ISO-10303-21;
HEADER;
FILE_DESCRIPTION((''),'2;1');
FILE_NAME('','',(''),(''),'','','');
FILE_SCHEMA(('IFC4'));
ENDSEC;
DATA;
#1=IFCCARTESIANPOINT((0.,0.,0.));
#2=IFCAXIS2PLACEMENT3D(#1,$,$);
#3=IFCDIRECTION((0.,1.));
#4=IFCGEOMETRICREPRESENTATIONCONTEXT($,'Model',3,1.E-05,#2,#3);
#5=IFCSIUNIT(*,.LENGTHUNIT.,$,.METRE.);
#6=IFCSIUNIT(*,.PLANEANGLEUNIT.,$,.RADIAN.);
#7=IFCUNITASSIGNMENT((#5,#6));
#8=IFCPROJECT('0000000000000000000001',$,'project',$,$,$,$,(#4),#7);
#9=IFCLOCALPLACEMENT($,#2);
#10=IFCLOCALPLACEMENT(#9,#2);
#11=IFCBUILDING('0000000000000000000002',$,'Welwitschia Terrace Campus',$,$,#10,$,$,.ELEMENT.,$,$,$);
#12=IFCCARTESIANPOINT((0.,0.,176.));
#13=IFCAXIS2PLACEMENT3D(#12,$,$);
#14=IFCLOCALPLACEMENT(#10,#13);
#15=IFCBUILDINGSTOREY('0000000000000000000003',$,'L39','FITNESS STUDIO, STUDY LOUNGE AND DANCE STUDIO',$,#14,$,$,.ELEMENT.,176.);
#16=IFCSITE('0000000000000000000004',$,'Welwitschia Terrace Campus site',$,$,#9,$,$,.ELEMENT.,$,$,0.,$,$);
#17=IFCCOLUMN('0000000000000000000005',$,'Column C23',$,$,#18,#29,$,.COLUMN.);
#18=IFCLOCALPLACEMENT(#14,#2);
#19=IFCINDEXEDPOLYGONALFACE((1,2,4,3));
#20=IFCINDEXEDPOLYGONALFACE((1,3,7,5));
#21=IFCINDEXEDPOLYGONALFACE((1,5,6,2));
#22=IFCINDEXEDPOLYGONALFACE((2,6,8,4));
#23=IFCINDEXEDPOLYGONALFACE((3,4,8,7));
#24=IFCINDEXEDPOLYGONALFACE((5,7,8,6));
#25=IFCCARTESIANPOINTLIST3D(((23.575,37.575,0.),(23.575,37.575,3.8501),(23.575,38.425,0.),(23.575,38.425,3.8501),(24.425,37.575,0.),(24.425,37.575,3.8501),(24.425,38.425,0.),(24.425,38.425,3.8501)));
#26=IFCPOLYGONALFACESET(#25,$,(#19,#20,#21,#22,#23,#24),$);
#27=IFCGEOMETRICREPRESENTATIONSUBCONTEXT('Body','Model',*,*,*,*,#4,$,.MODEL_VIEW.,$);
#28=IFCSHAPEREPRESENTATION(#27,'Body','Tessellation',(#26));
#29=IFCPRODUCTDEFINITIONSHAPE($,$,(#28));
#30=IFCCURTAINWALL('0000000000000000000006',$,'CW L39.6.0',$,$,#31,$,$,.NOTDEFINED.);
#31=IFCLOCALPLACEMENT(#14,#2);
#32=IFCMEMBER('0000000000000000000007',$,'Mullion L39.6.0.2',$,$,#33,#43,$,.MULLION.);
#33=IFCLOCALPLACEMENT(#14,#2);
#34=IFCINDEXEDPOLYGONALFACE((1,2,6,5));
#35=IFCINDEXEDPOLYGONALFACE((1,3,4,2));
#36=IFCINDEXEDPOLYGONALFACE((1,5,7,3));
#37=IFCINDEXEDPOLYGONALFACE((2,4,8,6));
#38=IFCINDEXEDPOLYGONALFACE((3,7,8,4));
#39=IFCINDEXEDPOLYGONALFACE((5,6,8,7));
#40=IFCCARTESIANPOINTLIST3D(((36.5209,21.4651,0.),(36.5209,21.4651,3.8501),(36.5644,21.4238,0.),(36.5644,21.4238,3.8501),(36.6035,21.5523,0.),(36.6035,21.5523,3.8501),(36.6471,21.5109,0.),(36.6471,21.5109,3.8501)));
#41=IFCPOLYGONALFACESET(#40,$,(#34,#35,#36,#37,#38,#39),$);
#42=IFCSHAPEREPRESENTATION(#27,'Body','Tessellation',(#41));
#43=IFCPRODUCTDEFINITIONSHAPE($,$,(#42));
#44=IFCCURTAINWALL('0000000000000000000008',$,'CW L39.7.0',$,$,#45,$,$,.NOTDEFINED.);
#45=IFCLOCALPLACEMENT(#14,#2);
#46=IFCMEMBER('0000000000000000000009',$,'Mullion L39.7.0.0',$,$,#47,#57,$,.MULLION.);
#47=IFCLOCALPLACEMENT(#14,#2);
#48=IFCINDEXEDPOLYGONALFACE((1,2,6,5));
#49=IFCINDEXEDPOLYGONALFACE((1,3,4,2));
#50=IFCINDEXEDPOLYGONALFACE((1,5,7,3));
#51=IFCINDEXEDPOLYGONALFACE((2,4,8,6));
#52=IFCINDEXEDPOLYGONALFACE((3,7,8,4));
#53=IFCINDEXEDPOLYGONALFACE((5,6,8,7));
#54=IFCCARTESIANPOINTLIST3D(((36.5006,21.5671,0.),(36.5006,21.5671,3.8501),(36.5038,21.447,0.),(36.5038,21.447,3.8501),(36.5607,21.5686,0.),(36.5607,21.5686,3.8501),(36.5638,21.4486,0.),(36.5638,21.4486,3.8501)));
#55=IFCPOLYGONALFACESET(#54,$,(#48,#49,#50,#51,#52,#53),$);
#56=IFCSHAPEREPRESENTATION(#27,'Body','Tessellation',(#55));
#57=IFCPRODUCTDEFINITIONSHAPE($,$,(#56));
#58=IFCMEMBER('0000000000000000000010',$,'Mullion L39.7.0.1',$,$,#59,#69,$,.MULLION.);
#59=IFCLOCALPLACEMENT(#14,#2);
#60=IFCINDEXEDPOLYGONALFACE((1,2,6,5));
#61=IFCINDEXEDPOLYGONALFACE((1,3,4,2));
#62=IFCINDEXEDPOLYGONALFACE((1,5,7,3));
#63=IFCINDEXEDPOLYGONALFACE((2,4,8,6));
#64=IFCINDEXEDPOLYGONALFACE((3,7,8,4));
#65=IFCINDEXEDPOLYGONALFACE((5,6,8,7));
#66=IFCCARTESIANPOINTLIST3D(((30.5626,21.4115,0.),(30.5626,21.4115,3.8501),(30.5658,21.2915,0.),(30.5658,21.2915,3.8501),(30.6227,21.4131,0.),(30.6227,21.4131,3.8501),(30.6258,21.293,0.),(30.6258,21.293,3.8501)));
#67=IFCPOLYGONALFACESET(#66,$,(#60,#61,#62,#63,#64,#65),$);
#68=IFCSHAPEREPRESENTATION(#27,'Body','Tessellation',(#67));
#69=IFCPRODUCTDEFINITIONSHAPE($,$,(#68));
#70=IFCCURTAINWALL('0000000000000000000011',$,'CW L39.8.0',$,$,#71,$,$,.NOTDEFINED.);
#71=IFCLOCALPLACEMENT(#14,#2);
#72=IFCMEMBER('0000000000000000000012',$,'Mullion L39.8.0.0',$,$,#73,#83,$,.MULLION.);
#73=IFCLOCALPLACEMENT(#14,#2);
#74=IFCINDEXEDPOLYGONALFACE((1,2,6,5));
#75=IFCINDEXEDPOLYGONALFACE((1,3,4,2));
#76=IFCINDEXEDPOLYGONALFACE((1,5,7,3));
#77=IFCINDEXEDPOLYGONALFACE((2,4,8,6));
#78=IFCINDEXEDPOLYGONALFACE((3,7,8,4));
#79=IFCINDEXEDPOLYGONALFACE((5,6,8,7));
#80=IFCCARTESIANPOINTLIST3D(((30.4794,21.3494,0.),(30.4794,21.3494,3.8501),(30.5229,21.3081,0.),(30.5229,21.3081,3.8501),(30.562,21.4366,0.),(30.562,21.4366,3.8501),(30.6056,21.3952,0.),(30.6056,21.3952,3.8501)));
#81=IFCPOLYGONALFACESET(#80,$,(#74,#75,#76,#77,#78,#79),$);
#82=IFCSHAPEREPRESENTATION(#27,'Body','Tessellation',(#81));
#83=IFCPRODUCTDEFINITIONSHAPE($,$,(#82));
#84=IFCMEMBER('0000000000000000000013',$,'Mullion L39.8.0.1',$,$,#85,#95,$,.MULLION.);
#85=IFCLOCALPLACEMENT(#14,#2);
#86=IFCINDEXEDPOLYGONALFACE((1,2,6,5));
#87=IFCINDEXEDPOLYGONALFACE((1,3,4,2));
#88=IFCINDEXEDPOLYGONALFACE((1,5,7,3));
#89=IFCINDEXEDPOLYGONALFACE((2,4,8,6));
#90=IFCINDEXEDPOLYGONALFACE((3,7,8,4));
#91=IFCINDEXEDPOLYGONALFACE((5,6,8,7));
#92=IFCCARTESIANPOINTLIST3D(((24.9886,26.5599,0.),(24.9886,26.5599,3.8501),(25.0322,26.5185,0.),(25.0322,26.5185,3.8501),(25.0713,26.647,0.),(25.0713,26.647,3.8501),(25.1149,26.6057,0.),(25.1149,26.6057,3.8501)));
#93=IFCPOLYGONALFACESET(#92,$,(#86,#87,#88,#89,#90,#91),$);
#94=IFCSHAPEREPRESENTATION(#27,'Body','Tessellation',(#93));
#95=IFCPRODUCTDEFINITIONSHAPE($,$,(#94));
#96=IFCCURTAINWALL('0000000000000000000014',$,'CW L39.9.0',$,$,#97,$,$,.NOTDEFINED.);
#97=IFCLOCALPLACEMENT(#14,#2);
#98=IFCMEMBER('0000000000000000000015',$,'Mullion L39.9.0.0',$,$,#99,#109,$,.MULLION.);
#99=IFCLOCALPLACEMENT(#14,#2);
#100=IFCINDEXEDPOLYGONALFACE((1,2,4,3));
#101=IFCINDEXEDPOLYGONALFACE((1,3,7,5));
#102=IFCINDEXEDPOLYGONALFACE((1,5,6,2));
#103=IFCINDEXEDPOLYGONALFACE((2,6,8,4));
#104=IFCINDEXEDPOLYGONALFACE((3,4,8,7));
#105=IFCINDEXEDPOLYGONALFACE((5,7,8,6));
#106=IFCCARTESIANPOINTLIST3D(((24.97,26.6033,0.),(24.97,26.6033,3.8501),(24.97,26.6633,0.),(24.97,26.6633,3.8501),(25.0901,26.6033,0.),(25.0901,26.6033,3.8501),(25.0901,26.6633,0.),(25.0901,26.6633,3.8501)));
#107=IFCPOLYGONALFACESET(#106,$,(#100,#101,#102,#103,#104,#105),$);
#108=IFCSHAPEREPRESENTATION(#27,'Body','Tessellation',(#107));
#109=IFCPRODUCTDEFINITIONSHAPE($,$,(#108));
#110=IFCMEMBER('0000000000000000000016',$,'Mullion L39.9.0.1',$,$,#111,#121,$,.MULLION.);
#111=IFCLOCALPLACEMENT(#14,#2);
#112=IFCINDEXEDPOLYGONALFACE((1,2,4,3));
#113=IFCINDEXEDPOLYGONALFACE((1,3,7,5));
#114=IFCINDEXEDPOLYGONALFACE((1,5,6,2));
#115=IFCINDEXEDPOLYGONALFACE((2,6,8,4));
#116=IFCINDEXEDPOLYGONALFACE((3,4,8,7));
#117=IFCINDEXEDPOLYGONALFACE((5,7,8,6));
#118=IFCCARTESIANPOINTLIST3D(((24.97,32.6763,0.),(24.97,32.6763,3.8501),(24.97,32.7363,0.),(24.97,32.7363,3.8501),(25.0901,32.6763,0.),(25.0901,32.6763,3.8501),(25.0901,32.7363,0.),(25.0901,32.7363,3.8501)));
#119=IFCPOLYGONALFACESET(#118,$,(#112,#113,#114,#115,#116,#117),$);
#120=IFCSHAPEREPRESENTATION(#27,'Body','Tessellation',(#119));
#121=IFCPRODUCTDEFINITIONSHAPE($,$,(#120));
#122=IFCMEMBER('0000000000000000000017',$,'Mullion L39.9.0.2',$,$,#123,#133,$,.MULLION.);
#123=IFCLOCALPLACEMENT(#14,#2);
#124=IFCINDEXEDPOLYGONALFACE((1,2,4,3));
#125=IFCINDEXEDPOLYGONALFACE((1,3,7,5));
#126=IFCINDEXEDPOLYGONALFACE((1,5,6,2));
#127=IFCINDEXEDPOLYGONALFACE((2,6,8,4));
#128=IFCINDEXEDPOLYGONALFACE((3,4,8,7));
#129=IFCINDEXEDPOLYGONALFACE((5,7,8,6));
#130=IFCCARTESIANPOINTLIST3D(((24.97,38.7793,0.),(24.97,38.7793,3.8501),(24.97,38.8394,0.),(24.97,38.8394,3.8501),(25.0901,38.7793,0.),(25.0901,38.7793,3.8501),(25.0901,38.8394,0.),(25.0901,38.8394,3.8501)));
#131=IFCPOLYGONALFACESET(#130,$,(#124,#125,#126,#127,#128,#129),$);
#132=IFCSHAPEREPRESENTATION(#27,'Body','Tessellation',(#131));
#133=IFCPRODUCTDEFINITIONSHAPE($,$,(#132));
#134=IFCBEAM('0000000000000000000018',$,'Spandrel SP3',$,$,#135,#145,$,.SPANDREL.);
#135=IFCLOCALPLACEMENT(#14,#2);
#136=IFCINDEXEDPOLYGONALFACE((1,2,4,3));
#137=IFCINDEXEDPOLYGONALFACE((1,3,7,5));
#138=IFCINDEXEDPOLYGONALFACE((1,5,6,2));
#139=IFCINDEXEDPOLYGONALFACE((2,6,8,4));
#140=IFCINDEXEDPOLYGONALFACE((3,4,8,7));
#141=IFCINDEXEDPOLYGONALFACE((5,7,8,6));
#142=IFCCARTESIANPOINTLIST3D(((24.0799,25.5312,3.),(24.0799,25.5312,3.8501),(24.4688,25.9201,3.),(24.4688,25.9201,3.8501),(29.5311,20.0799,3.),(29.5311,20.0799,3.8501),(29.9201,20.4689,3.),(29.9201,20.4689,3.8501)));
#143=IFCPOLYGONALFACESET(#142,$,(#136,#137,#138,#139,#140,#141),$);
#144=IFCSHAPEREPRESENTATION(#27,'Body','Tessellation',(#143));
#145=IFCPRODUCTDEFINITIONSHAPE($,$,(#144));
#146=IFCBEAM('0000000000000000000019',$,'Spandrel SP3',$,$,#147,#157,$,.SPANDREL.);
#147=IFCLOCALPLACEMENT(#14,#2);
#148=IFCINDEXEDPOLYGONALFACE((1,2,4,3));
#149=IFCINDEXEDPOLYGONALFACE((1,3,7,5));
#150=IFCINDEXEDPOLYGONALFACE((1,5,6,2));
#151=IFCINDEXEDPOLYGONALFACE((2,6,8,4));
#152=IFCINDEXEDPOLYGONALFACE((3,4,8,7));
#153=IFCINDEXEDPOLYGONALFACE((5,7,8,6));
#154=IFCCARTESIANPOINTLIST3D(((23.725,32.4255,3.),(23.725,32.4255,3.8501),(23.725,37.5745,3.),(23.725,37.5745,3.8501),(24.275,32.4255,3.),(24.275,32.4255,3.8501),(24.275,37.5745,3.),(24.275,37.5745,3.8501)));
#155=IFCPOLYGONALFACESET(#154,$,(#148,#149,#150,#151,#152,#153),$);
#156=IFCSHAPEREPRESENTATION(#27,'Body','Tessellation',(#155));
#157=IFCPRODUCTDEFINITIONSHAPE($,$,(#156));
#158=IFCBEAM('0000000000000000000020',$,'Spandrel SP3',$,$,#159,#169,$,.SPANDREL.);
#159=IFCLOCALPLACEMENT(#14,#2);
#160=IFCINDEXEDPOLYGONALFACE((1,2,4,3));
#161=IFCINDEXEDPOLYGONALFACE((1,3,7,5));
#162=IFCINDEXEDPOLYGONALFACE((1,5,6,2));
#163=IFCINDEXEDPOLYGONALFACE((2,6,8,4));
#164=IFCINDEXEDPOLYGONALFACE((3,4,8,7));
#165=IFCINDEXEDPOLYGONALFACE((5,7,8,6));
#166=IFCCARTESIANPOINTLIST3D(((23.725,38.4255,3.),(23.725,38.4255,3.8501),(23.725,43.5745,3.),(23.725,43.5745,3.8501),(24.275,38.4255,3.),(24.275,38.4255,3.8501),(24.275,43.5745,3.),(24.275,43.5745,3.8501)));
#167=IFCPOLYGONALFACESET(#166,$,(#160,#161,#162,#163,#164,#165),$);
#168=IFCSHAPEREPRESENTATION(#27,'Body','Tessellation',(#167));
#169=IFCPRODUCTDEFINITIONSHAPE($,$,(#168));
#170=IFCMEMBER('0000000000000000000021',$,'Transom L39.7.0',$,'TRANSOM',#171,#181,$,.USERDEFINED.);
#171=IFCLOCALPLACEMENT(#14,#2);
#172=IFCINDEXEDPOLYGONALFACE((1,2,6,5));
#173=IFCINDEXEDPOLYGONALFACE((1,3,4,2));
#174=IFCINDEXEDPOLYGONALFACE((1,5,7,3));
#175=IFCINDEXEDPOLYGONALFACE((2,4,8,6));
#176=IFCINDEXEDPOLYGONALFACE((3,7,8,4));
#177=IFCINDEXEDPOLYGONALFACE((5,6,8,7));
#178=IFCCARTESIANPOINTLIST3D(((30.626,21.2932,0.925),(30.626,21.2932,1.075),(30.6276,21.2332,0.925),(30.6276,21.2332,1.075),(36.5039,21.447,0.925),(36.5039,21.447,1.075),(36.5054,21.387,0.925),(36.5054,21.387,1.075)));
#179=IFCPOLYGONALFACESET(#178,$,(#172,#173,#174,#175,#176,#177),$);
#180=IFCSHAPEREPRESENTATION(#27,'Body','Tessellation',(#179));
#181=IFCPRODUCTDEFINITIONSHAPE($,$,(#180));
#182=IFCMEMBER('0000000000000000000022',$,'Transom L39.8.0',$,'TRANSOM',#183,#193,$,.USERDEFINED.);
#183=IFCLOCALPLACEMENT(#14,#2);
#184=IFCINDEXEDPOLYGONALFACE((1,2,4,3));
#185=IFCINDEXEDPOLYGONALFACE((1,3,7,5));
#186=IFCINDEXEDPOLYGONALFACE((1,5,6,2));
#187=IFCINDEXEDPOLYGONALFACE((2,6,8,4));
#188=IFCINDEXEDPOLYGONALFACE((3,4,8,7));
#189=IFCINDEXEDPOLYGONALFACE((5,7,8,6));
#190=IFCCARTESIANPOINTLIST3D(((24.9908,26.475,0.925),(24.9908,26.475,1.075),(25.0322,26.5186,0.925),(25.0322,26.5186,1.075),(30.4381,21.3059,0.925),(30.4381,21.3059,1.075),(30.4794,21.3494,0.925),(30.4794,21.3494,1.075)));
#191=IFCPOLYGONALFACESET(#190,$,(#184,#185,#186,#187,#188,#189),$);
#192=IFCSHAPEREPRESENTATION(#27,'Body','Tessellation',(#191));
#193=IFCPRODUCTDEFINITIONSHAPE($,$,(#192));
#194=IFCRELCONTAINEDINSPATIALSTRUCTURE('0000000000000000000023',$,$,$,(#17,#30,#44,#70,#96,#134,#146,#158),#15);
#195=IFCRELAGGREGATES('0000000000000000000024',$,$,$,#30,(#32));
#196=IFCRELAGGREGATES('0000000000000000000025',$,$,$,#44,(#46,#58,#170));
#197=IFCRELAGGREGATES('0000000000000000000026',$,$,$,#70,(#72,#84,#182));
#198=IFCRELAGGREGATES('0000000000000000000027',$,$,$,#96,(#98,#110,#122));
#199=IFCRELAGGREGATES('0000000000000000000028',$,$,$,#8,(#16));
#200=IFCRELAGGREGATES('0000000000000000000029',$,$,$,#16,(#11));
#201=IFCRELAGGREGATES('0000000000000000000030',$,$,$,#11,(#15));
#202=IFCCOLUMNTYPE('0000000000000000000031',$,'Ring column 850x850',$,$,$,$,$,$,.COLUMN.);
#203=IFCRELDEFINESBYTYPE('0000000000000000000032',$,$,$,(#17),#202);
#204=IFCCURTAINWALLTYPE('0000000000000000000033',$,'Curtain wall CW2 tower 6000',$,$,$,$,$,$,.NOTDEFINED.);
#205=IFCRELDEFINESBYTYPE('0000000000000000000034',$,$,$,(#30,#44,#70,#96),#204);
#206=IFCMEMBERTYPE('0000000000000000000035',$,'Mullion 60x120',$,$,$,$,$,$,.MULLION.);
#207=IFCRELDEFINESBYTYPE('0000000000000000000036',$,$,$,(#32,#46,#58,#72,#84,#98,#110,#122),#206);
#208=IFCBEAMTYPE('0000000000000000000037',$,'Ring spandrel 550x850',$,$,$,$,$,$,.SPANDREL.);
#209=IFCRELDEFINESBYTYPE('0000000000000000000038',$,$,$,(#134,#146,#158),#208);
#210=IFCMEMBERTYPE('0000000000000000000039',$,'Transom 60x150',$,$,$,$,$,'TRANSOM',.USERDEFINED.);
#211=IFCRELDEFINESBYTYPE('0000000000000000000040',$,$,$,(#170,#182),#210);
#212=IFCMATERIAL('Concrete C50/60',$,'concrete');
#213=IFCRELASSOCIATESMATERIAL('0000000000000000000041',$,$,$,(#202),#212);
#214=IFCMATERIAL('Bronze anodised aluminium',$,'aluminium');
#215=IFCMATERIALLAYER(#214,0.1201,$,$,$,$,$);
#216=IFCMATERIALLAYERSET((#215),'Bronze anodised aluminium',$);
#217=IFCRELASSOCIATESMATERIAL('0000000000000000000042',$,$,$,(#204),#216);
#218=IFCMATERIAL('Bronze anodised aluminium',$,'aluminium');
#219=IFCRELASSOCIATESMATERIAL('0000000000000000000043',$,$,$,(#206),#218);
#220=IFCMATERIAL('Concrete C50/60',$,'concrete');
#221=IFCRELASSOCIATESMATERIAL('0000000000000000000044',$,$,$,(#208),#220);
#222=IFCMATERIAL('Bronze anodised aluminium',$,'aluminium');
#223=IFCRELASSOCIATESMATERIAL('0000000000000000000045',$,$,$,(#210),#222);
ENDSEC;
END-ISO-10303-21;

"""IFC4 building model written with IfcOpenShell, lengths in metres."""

from ifc_helpers import new_model, si_unit, direction, frame, origin, origin_2d, place, context, subcontext, project, spatial, rectangle, extrude, material, layer, layer_set, material_profile, profile_set, type_object, element, aggregate, save


model = new_model("IFC4")

# Units and contexts
model_context = context("Model", 3, precision=1e-05, world=origin(), true_north=direction((0.0, 1.0)))
body_context = subcontext(model_context, "Body", "Model", "MODEL_VIEW")
ifc_project = project(units=[si_unit("LENGTHUNIT", "METRE"), si_unit("PLANEANGLEUNIT", "RADIAN")], contexts=[model_context])

# Site, building, storey
site_placement = place(None, origin())
site = spatial("IfcSite", under=ifc_project, at=site_placement, Name="Welwitschia Terrace Campus site", CompositionType="ELEMENT", RefElevation=0.0)
building_placement = place(site_placement, origin())
building = spatial("IfcBuilding", under=site, at=building_placement, Name="Welwitschia Terrace Campus", CompositionType="ELEMENT")
storey_placement = place(building_placement, frame((0.0, 0.0, 176.0)))
storey = spatial("IfcBuildingStorey", under=building, at=storey_placement, Name="L39", Description="FITNESS STUDIO, STUDY LOUNGE AND DANCE STUDIO", CompositionType="ELEMENT", Elevation=176.0)

# Column
ifc_material_1 = material(Name="Concrete C50/60", Category="concrete")
ifc_material_profile_1 = material_profile(ifc_material_1, rectangle(XDim=0.8501, YDim=0.8501, at=origin_2d()))
ifc_profile_set_1 = profile_set([ifc_material_profile_1], Name="Concrete C50/60")
column_type = type_object("IfcColumnType", Name="Ring column 850x850", PredefinedType="COLUMN", material=ifc_profile_set_1)
column_placement = place(storey_placement, frame((24.0, 38.0, 0.0), z_axis=(0.0, 0.0, 1.0), x_axis=(1.0, 0.0, 0.0)))
element("IfcColumn", 1, at=column_placement, inside=storey, type_object=column_type, Name="Column C23", PredefinedType="COLUMN", context=body_context, shape_type="SweptSolid", body=[
    extrude(rectangle(XDim=0.8501, YDim=0.8501, at=origin_2d()), origin(), (0.0, 0.0, 1.0), 3.8501),
])

# Curtain wall, member
ifc_material_2 = material(Name="Bronze anodised aluminium", Category="aluminium")
ifc_layer_1 = layer(ifc_material_2, 0.1201)
ifc_layer_set_1 = layer_set([ifc_layer_1], Name="Bronze anodised aluminium")
curtain_wall_type = type_object("IfcCurtainWallType", Name="Curtain wall CW2 tower 6000", PredefinedType="NOTDEFINED", material=ifc_layer_set_1)
curtain_wall_1_placement = place(storey_placement, origin())
curtain_wall_1 = element("IfcCurtainWall", 2, at=curtain_wall_1_placement, inside=storey, type_object=curtain_wall_type, Name="CW L39.6.0", PredefinedType="NOTDEFINED")
ifc_material_3 = material(Name="Bronze anodised aluminium", Category="aluminium")
ifc_material_profile_2 = material_profile(ifc_material_3, rectangle(XDim=0.1201, YDim=0.0601, at=origin_2d()))
ifc_profile_set_2 = profile_set([ifc_material_profile_2], Name="Bronze anodised aluminium")
member_type_1 = type_object("IfcMemberType", Name="Mullion 60x120", PredefinedType="MULLION", material=ifc_profile_set_2)
member_1_placement = place(storey_placement, frame((36.584, 21.488, 0.0), z_axis=(0.0, 0.0, 1.0), x_axis=(-0.688355, -0.725374, 0.0)))
member_1 = element("IfcMember", 3, at=member_1_placement, type_object=member_type_1, Name="Mullion L39.6.0.2", PredefinedType="MULLION", context=body_context, shape_type="SweptSolid", body=[
    extrude(rectangle(XDim=0.1201, YDim=0.0601, at=origin_2d()), origin(), (0.0, 0.0, 1.0), 3.8501),
])
aggregate(curtain_wall_1, [member_1])

# Curtain walls, members
curtain_wall_2_placement = place(storey_placement, origin())
curtain_wall_2 = element("IfcCurtainWall", 4, at=curtain_wall_2_placement, inside=storey, type_object=curtain_wall_type, Name="CW L39.7.0", PredefinedType="NOTDEFINED")
member_2_placement = place(storey_placement, frame((36.5322, 21.5078, 0.0), z_axis=(0.0, 0.0, 1.0), x_axis=(0.026177, -0.999657, 0.0)))
member_2 = element("IfcMember", 5, at=member_2_placement, type_object=member_type_1, Name="Mullion L39.7.0.0", PredefinedType="MULLION", context=body_context, shape_type="SweptSolid", body=[
    extrude(rectangle(XDim=0.1201, YDim=0.0601, at=origin_2d()), origin(), (0.0, 0.0, 1.0), 3.8501),
])
member_3_placement = place(storey_placement, frame((30.5942, 21.3523, 0.0), z_axis=(0.0, 0.0, 1.0), x_axis=(0.026177, -0.999657, 0.0)))
member_3 = element("IfcMember", 6, at=member_3_placement, type_object=member_type_1, Name="Mullion L39.7.0.1", PredefinedType="MULLION", context=body_context, shape_type="SweptSolid", body=[
    extrude(rectangle(XDim=0.1201, YDim=0.0601, at=origin_2d()), origin(), (0.0, 0.0, 1.0), 3.8501),
])
curtain_wall_3_placement = place(storey_placement, origin())
curtain_wall_3 = element("IfcCurtainWall", 7, at=curtain_wall_3_placement, inside=storey, type_object=curtain_wall_type, Name="CW L39.8.0", PredefinedType="NOTDEFINED")
member_4_placement = place(storey_placement, frame((30.5425, 21.3723, 0.0), z_axis=(0.0, 0.0, 1.0), x_axis=(-0.688355, -0.725374, 0.0)))
member_4 = element("IfcMember", 8, at=member_4_placement, type_object=member_type_1, Name="Mullion L39.8.0.0", PredefinedType="MULLION", context=body_context, shape_type="SweptSolid", body=[
    extrude(rectangle(XDim=0.1201, YDim=0.0601, at=origin_2d()), origin(), (0.0, 0.0, 1.0), 3.8501),
])
member_5_placement = place(storey_placement, frame((25.0518, 26.5828, 0.0), z_axis=(0.0, 0.0, 1.0), x_axis=(-0.688355, -0.725374, 0.0)))
member_5 = element("IfcMember", 9, at=member_5_placement, type_object=member_type_1, Name="Mullion L39.8.0.1", PredefinedType="MULLION", context=body_context, shape_type="SweptSolid", body=[
    extrude(rectangle(XDim=0.1201, YDim=0.0601, at=origin_2d()), origin(), (0.0, 0.0, 1.0), 3.8501),
])
curtain_wall_4_placement = place(storey_placement, origin())
curtain_wall_4 = element("IfcCurtainWall", 10, at=curtain_wall_4_placement, inside=storey, type_object=curtain_wall_type, Name="CW L39.9.0", PredefinedType="NOTDEFINED")
member_6_placement = place(storey_placement, frame((25.03, 26.6333, 0.0), z_axis=(0.0, 0.0, 1.0), x_axis=(-1.0, 0.0, 0.0)))
member_6 = element("IfcMember", 11, at=member_6_placement, type_object=member_type_1, Name="Mullion L39.9.0.0", PredefinedType="MULLION", context=body_context, shape_type="SweptSolid", body=[
    extrude(rectangle(XDim=0.1201, YDim=0.0601, at=origin_2d()), origin(), (0.0, 0.0, 1.0), 3.8501),
])
member_7_placement = place(storey_placement, frame((25.03, 32.7063, 0.0), z_axis=(0.0, 0.0, 1.0), x_axis=(-1.0, 0.0, 0.0)))
member_7 = element("IfcMember", 12, at=member_7_placement, type_object=member_type_1, Name="Mullion L39.9.0.1", PredefinedType="MULLION", context=body_context, shape_type="SweptSolid", body=[
    extrude(rectangle(XDim=0.1201, YDim=0.0601, at=origin_2d()), origin(), (0.0, 0.0, 1.0), 3.8501),
])
member_8_placement = place(storey_placement, frame((25.03, 38.8093, 0.0), z_axis=(0.0, 0.0, 1.0), x_axis=(-1.0, 0.0, 0.0)))
member_8 = element("IfcMember", 13, at=member_8_placement, type_object=member_type_1, Name="Mullion L39.9.0.2", PredefinedType="MULLION", context=body_context, shape_type="SweptSolid", body=[
    extrude(rectangle(XDim=0.1201, YDim=0.0601, at=origin_2d()), origin(), (0.0, 0.0, 1.0), 3.8501),
])

# Beams
ifc_material_4 = material(Name="Concrete C50/60", Category="concrete")
ifc_material_profile_3 = material_profile(ifc_material_4, rectangle(XDim=0.55, YDim=0.8501, at=origin_2d()))
ifc_profile_set_3 = profile_set([ifc_material_profile_3], Name="Concrete C50/60")
beam_type = type_object("IfcBeamType", Name="Ring spandrel 550x850", PredefinedType="SPANDREL", material=ifc_profile_set_3)
beam_placement = place(storey_placement, frame((29.7256, 20.2744, 3.425), z_axis=(-0.707107, 0.707107, 0.0), x_axis=(-0.707107, -0.707107, 0.0)))
element("IfcBeam", 14, at=beam_placement, inside=storey, type_object=beam_type, Name="Spandrel SP3", PredefinedType="SPANDREL", context=body_context, shape_type="SweptSolid", body=[
    extrude(rectangle(XDim=0.55, YDim=0.8501, at=origin_2d()), origin(), (0.0, 0.0, 1.0), 7.7092),
])
for number, where, z_axis, x_axis, name in (
    (15, (24.0, 32.4255, 3.425), (0.0, 1.0, 0.0), (-1.0, 0.0, 0.0), "Spandrel SP3"),
    (16, (24.0, 38.4255, 3.425), (0.0, 1.0, 0.0), (-1.0, 0.0, 0.0), "Spandrel SP3"),
):
    element("IfcBeam", number, at=place(storey_placement, frame(where, z_axis=z_axis, x_axis=x_axis)), inside=storey, type_object=beam_type, Name=name, PredefinedType="SPANDREL", context=body_context, shape_type="SweptSolid", body=[
        extrude(rectangle(XDim=0.55, YDim=0.8501, at=origin_2d()), origin(), (0.0, 0.0, 1.0), 5.1489),
    ])

# Members
ifc_material_5 = material(Name="Bronze anodised aluminium", Category="aluminium")
ifc_material_profile_4 = material_profile(ifc_material_5, rectangle(XDim=0.0601, YDim=0.1499, at=origin_2d()))
ifc_profile_set_4 = profile_set([ifc_material_profile_4], Name="Bronze anodised aluminium")
member_type_2 = type_object("IfcMemberType", Name="Transom 60x150", ElementType="TRANSOM", PredefinedType="USERDEFINED", material=ifc_profile_set_4)
member_9_placement = place(storey_placement, frame((36.5046, 21.417, 1.0), z_axis=(-0.999658, -0.026158, 0.0), x_axis=(0.026158, -0.999658, 0.0)))
member_9 = element("IfcMember", 17, at=member_9_placement, type_object=member_type_2, Name="Transom L39.7.0", ObjectType="TRANSOM", PredefinedType="USERDEFINED", context=body_context, shape_type="SweptSolid", body=[
    extrude(rectangle(XDim=0.0601, YDim=0.1499, at=origin_2d()), origin(), (0.0, 0.0, 1.0), 5.8799),
])
member_10_placement = place(storey_placement, frame((30.4587, 21.3276, 1.0), z_axis=(-0.725379, 0.688349, 0.0), x_axis=(-0.688349, -0.725379, 0.0)))
member_10 = element("IfcMember", 18, at=member_10_placement, type_object=member_type_2, Name="Transom L39.8.0", ObjectType="TRANSOM", PredefinedType="USERDEFINED", context=body_context, shape_type="SweptSolid", body=[
    extrude(rectangle(XDim=0.0601, YDim=0.1499, at=origin_2d()), origin(), (0.0, 0.0, 1.0), 7.5095),
])

aggregate(curtain_wall_2, [member_2, member_3, member_9])
aggregate(curtain_wall_3, [member_4, member_5, member_10])
aggregate(curtain_wall_4, [member_6, member_7, member_8])

save(model, "model.ifc")
